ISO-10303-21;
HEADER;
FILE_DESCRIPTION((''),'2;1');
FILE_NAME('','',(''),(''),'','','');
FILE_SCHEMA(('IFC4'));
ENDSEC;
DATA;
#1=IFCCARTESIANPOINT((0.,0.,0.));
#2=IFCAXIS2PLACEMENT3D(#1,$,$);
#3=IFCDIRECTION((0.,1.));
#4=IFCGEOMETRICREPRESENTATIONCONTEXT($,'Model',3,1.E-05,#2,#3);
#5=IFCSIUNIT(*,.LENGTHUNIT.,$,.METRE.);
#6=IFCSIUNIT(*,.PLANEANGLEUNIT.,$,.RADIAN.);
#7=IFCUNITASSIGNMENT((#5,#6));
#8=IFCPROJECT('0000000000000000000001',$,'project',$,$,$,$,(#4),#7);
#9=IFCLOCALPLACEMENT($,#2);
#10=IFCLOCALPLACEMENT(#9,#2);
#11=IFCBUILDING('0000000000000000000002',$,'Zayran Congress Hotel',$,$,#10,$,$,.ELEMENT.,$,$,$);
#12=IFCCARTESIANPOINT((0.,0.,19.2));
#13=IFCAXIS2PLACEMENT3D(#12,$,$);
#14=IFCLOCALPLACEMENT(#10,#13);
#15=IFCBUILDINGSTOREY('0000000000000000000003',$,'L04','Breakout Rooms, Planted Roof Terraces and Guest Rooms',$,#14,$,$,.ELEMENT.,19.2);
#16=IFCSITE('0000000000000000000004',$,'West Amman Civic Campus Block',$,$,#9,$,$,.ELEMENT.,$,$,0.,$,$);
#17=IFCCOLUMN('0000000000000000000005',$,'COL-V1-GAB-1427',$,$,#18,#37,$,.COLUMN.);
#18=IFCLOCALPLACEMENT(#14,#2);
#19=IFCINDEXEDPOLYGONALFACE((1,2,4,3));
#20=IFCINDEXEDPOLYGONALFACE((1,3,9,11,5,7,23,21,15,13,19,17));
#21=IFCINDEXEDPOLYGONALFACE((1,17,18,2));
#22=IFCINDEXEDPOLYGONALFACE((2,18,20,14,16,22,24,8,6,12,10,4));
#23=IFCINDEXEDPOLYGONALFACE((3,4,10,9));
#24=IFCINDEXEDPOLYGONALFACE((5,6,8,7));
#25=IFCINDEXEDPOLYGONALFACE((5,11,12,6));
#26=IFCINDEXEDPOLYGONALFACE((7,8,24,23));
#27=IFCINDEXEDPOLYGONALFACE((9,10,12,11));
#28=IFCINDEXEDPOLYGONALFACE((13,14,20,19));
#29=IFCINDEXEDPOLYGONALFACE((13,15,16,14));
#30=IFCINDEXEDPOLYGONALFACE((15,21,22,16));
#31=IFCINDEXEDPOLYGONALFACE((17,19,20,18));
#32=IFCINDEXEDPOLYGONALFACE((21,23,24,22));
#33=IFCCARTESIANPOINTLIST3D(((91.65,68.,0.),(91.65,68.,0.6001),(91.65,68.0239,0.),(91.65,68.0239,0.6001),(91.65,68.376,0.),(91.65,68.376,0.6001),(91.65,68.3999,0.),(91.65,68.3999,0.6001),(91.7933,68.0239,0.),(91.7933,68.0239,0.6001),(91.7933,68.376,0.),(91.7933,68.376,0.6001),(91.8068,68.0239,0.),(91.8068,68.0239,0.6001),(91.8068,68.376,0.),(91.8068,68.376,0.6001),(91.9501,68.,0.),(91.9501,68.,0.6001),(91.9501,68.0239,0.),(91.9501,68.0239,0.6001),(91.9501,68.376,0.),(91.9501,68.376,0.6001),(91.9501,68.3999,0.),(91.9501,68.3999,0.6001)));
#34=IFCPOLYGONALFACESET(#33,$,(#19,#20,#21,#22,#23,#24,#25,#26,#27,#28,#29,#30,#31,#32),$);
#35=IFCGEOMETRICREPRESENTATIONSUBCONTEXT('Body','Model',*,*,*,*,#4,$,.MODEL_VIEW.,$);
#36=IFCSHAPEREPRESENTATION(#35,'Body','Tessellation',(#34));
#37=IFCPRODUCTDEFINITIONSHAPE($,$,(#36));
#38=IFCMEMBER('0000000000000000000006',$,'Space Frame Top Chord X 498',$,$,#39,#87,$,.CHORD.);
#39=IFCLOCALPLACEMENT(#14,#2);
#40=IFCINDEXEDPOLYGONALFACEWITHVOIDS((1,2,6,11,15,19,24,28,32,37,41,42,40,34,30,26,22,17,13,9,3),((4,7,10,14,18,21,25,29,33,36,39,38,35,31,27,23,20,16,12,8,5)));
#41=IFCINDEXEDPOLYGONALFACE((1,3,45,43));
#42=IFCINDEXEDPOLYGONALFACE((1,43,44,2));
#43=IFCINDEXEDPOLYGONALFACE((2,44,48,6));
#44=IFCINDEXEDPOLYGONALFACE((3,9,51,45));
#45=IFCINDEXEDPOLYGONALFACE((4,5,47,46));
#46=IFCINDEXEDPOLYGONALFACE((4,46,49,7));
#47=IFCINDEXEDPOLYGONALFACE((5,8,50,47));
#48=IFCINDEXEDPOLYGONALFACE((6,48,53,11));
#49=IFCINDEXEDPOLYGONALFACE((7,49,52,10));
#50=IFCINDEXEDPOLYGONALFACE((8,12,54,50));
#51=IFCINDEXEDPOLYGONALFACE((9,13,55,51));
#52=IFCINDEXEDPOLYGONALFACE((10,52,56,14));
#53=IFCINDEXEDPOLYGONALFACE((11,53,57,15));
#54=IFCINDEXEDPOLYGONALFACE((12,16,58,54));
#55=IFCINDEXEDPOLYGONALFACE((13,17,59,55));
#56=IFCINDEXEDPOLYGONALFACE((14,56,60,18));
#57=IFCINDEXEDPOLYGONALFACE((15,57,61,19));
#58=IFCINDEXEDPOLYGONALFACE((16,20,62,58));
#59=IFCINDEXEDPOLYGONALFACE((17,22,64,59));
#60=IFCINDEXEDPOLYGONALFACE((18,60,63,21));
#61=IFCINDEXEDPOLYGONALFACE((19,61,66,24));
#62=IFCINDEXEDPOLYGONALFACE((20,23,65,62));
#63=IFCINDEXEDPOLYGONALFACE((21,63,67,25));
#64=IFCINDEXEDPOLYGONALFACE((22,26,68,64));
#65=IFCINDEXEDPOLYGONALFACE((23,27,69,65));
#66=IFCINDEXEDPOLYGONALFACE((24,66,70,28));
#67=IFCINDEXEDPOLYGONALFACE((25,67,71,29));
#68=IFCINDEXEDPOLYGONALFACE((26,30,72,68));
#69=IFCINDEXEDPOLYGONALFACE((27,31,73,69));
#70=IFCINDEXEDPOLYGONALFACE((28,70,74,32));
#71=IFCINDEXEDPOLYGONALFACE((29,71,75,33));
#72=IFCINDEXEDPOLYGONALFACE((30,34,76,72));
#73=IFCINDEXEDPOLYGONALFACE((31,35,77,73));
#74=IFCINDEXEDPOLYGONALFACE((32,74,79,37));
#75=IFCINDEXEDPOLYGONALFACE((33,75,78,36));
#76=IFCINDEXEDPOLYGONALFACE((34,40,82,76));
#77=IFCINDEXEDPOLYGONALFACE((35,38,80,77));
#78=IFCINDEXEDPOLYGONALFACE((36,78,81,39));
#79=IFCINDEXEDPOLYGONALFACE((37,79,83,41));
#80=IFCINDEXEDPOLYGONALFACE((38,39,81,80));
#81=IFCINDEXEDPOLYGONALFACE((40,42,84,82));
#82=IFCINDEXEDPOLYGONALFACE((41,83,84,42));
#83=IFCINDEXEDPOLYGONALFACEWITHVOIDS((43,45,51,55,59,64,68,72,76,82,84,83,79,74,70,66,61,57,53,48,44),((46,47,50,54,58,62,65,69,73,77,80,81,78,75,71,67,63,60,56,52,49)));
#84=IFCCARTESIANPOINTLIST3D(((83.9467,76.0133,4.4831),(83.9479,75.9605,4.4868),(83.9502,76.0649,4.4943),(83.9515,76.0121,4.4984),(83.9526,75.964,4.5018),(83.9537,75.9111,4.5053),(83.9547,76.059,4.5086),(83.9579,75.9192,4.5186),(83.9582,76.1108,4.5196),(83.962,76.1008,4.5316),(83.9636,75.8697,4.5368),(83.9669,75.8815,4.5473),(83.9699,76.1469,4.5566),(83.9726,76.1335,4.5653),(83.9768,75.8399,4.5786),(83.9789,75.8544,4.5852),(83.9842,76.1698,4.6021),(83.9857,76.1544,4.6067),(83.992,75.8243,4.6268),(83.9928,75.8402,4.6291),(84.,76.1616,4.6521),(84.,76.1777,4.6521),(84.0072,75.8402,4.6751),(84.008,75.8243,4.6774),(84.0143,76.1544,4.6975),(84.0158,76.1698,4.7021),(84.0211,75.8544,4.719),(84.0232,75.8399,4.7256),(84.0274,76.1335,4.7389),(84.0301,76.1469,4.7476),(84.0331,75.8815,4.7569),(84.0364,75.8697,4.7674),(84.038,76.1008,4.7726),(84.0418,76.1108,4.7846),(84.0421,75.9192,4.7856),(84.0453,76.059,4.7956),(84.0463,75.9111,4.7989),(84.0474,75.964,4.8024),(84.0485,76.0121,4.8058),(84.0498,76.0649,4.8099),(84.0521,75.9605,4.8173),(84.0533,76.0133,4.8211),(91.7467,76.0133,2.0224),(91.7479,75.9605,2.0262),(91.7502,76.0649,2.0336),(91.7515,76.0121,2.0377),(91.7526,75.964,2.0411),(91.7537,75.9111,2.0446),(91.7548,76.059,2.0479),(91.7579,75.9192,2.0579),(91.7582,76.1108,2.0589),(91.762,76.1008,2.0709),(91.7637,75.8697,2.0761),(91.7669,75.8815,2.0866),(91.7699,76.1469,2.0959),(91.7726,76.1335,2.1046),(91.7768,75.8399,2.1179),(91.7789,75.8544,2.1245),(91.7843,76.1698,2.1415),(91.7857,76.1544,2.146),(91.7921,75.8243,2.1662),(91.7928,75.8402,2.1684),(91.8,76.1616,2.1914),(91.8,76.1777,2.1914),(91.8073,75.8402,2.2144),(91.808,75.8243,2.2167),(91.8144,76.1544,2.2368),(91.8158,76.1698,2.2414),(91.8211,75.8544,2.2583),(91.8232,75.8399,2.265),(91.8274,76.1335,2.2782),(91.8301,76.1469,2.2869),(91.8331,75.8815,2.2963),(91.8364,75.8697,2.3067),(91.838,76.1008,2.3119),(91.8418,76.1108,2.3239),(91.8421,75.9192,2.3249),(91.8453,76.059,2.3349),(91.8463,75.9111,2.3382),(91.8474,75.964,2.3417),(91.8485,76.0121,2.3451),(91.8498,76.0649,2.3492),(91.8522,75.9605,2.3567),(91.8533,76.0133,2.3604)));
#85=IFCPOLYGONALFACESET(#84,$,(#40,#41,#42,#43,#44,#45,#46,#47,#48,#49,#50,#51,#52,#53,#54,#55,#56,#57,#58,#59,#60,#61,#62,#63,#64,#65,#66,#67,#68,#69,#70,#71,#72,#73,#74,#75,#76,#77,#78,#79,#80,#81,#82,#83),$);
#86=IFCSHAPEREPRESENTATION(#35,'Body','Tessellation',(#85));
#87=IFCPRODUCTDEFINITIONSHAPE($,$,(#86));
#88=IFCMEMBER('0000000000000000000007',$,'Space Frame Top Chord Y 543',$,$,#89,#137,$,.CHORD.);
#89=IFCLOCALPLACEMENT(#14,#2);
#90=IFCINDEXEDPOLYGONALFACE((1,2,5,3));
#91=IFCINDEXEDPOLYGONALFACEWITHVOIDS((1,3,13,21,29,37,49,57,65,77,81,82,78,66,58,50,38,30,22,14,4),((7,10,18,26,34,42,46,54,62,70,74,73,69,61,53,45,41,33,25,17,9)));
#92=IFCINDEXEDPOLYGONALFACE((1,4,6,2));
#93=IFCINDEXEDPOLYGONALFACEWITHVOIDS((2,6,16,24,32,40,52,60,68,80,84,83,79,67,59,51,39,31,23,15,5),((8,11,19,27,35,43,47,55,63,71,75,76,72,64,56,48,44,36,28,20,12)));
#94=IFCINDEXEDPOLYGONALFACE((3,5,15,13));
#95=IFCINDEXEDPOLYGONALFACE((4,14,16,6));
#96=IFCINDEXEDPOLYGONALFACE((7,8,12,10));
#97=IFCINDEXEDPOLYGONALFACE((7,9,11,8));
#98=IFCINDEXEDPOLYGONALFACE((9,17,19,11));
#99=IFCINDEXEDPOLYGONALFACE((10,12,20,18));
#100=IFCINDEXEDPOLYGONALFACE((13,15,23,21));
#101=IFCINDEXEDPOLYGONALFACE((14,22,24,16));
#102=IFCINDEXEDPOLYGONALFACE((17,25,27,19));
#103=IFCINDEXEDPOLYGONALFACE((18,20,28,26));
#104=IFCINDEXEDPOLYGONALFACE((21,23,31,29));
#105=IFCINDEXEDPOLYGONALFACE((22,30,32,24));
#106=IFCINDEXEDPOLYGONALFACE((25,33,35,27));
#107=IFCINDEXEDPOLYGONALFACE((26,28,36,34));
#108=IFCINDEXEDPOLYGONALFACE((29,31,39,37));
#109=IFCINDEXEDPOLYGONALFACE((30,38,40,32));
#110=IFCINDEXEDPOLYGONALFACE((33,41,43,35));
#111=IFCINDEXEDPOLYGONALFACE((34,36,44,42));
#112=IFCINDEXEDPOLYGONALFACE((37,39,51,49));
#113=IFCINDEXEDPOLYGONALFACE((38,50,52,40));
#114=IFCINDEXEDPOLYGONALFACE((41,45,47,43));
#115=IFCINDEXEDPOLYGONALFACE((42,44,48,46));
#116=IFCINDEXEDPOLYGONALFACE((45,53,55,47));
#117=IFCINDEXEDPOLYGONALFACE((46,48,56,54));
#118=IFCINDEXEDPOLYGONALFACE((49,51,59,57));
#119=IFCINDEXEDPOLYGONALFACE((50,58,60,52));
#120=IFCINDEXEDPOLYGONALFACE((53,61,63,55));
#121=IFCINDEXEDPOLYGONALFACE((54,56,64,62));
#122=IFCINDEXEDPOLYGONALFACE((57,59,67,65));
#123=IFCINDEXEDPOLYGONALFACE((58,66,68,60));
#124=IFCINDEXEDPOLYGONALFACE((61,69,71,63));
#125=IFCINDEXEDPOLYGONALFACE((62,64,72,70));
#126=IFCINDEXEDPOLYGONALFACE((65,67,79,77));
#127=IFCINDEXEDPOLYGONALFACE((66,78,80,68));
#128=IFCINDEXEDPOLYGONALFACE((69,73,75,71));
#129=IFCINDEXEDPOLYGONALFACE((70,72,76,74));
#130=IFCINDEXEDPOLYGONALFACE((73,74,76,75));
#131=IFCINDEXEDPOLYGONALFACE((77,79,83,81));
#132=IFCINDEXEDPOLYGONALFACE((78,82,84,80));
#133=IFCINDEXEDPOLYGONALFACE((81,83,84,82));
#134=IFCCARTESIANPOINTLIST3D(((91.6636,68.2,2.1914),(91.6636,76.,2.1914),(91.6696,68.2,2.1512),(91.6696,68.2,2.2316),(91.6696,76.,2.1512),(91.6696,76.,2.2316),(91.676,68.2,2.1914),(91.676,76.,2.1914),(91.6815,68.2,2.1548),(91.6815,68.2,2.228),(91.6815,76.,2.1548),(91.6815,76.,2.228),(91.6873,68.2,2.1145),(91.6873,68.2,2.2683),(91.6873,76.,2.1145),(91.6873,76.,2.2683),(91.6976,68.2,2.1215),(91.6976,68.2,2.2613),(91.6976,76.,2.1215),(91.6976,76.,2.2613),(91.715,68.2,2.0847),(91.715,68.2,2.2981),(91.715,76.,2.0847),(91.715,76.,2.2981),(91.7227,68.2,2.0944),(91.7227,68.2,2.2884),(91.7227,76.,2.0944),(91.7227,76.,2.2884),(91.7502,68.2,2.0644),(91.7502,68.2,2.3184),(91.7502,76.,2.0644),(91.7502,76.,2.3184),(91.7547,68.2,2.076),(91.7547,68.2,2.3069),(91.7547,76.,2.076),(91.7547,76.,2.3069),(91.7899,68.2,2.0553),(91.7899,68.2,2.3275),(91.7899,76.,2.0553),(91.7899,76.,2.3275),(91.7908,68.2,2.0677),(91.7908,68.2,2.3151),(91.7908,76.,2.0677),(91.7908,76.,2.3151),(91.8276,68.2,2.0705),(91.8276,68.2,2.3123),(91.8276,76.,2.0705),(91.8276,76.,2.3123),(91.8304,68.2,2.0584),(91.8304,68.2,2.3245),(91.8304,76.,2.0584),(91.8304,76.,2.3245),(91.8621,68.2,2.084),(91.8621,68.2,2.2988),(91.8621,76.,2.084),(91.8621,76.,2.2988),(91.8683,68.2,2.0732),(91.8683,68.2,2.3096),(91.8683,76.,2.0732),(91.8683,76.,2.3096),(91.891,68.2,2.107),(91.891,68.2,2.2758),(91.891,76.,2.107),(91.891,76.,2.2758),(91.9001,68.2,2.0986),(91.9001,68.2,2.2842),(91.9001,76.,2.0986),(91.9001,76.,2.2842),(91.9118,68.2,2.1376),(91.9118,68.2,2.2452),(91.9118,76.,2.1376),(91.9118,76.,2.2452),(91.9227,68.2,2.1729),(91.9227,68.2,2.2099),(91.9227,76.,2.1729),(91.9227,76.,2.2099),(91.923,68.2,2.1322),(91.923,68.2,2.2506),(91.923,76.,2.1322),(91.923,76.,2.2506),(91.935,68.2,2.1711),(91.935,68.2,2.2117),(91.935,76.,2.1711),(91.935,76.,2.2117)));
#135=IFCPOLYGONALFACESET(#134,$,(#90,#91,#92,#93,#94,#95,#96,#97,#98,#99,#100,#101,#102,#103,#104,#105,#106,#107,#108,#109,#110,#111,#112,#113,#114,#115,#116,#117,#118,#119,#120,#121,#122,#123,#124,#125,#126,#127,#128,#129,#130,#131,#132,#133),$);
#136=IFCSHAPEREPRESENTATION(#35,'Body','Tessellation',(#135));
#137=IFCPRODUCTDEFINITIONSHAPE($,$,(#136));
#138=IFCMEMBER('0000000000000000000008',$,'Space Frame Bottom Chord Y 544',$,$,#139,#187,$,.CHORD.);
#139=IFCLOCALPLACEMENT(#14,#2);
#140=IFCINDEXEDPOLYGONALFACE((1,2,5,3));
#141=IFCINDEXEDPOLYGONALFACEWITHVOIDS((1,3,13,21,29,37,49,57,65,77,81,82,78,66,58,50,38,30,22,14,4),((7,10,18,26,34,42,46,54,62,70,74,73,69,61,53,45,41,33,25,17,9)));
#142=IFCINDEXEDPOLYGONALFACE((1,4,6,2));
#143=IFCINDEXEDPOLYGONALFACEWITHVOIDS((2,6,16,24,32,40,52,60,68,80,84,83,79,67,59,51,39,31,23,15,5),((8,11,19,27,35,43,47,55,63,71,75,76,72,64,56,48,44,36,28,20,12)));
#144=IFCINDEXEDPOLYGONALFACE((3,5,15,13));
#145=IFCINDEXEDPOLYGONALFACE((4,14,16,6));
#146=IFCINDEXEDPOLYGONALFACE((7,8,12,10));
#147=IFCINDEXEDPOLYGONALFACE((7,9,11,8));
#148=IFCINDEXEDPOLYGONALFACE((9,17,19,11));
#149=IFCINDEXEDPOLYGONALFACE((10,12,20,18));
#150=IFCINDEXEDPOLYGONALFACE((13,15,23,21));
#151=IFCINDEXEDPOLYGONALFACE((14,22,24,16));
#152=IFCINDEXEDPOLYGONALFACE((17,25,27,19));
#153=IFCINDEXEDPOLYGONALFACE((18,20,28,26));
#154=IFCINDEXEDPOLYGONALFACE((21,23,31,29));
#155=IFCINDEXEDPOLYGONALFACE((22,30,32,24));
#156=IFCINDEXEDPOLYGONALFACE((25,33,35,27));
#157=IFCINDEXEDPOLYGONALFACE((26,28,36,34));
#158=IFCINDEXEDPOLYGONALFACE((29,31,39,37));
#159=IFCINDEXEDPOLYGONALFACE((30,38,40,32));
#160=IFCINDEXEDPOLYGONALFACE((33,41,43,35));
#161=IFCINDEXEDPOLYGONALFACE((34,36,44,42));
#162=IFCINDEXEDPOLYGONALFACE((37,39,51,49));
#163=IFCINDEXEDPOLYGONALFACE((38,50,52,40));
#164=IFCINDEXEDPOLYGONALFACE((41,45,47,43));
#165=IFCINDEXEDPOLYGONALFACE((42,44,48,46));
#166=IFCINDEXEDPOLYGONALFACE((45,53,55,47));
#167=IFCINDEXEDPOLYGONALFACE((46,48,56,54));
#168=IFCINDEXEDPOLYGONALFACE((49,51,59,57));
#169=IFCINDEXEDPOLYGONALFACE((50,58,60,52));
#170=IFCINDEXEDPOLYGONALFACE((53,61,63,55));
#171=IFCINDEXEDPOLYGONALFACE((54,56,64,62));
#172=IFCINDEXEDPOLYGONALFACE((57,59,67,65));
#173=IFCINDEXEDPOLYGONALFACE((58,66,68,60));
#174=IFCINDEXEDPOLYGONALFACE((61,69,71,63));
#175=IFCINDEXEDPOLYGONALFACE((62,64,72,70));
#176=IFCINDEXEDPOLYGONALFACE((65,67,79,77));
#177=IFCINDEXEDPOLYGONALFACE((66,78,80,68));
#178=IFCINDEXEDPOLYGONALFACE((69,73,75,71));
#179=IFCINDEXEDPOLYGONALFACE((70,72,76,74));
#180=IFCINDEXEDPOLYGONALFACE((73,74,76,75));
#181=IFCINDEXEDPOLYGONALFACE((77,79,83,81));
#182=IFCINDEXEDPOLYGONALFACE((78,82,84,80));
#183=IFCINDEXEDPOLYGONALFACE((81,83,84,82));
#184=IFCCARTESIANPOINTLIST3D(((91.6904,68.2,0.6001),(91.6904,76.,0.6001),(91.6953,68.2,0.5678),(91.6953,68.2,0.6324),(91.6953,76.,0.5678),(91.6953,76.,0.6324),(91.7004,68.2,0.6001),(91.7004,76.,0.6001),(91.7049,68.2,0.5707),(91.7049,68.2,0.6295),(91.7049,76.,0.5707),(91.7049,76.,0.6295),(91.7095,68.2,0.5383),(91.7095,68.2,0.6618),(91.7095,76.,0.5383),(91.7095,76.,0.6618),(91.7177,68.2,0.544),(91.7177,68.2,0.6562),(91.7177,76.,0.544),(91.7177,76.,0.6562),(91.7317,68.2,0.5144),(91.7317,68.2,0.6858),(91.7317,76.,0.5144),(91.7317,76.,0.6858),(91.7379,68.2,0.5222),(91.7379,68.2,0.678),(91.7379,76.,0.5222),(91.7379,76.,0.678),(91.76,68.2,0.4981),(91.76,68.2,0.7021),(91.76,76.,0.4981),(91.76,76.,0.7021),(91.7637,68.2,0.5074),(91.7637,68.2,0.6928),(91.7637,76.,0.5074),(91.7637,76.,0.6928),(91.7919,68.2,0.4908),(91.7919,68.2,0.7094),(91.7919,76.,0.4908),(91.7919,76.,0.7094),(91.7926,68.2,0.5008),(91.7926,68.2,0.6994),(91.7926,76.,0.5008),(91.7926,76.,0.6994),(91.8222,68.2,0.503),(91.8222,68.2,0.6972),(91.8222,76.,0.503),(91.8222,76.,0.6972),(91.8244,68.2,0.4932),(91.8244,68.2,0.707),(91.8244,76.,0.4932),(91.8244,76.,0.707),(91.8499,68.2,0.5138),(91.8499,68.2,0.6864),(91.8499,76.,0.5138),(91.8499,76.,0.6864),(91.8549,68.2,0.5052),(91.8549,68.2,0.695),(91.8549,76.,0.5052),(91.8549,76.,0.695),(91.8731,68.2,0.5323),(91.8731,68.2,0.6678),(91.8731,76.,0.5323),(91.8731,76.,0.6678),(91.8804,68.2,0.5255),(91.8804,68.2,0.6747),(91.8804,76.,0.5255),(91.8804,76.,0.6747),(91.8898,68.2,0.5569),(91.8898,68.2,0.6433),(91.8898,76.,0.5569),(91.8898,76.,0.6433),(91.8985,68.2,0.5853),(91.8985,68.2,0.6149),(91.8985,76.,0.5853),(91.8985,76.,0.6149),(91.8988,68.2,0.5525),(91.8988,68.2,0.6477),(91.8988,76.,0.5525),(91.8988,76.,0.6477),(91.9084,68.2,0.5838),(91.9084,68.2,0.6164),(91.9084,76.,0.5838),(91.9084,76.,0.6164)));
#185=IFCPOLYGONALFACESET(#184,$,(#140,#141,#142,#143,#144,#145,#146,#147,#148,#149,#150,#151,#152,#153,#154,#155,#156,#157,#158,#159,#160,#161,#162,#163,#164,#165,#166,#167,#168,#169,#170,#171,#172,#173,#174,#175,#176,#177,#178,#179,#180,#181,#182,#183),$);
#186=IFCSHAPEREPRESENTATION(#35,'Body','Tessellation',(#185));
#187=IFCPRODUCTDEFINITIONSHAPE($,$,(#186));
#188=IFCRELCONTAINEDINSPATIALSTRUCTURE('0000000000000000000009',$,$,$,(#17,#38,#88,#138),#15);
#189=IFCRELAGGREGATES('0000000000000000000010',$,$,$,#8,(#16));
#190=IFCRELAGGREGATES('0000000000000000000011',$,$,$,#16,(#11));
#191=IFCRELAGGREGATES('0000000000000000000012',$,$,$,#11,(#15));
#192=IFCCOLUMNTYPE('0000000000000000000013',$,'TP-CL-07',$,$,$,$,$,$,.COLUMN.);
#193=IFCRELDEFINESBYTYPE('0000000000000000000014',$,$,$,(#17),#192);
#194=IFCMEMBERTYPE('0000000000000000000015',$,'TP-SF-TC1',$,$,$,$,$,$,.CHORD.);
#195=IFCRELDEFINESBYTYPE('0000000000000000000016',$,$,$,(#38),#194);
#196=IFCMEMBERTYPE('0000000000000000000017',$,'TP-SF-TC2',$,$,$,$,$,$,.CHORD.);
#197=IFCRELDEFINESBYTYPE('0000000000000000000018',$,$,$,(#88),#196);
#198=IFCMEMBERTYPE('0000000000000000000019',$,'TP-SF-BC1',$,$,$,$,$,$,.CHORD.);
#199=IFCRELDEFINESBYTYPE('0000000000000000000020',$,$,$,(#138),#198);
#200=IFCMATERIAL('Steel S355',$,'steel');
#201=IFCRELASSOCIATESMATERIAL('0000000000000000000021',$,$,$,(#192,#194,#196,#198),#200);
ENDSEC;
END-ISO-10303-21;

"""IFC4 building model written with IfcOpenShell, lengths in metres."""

from ifc_helpers import new_model, si_unit, direction, frame, origin, origin_2d, place, context, subcontext, project, spatial, hollow_circle, i_section, extrude, material, material_profile, profile_set, type_object, element, save


model = new_model("IFC4")

# Units and contexts
model_context = context("Model", 3, precision=1e-05, world=origin(), true_north=direction((0.0, 1.0)))
body_context = subcontext(model_context, "Body", "Model", "MODEL_VIEW")
ifc_project = project(units=[si_unit("LENGTHUNIT", "METRE"), si_unit("PLANEANGLEUNIT", "RADIAN")], contexts=[model_context])

# Site, building, storey
site_placement = place(None, origin())
site = spatial("IfcSite", under=ifc_project, at=site_placement, Name="West Amman Civic Campus Block", CompositionType="ELEMENT", RefElevation=0.0)
building_placement = place(site_placement, origin())
building = spatial("IfcBuilding", under=site, at=building_placement, Name="Zayran Congress Hotel", CompositionType="ELEMENT")
storey_placement = place(building_placement, frame((0.0, 0.0, 19.2)))
storey = spatial("IfcBuildingStorey", under=building, at=storey_placement, Name="L04", Description="Breakout Rooms, Planted Roof Terraces and Guest Rooms", CompositionType="ELEMENT", Elevation=19.2)

# Column
ifc_material_1 = material(Name="Steel S355", Category="steel")
ifc_material_profile_1 = material_profile(ifc_material_1, i_section(OverallWidth=0.3, OverallDepth=0.3999, WebThickness=0.0134, FlangeThickness=0.0239, at=origin_2d()), Name="HEB 400")
ifc_profile_set_1 = profile_set([ifc_material_profile_1], Name="Steel S355")
column_type = type_object("IfcColumnType", Name="TP-CL-07", PredefinedType="COLUMN", material=ifc_profile_set_1)
column_placement = place(storey_placement, frame((91.8, 68.2, 0.0), z_axis=(0.0, 0.0, 1.0), x_axis=(1.0, 0.0, 0.0)))
element("IfcColumn", 1, at=column_placement, inside=storey, type_object=column_type, Name="COL-V1-GAB-1427", PredefinedType="COLUMN", context=body_context, shape_type="SweptSolid", body=[
    extrude(i_section(OverallWidth=0.3, OverallDepth=0.3999, WebThickness=0.0134, FlangeThickness=0.0239, at=origin_2d()), origin(), (0.0, 0.0, 1.0), 0.6001),
])

# Members
ifc_material_profile_2 = material_profile(ifc_material_1, hollow_circle(Radius=0.1777, WallThickness=0.0161, at=origin_2d()), Name="CHS 355.6x16")
ifc_profile_set_2 = profile_set([ifc_material_profile_2], Name="Steel S355")
member_type_1 = type_object("IfcMemberType", Name="TP-SF-TC1", PredefinedType="CHORD", material=ifc_profile_set_2)
member_1_placement = place(storey_placement, frame((84.0, 76.0, 4.6521), z_axis=(0.95367, 0.0, -0.300856), x_axis=(0.0, 1.0, 0.0)))
element("IfcMember", 2, at=member_1_placement, inside=storey, type_object=member_type_1, Name="Space Frame Top Chord X 498", PredefinedType="CHORD", context=body_context, shape_type="SweptSolid", body=[
    extrude(hollow_circle(Radius=0.1777, WallThickness=0.0161, at=origin_2d()), origin(), (0.0, 0.0, 1.0), 8.179),
])
ifc_material_profile_3 = material_profile(ifc_material_1, hollow_circle(Radius=0.1365, WallThickness=0.0125, at=origin_2d()), Name="CHS 273x12.5")
ifc_profile_set_3 = profile_set([ifc_material_profile_3], Name="Steel S355")
member_type_2 = type_object("IfcMemberType", Name="TP-SF-TC2", PredefinedType="CHORD", material=ifc_profile_set_3)
member_2_placement = place(storey_placement, frame((91.8, 68.2, 2.1914), z_axis=(0.0, 1.0, 0.0), x_axis=(-1.0, 0.0, 0.0)))
element("IfcMember", 3, at=member_2_placement, inside=storey, type_object=member_type_2, Name="Space Frame Top Chord Y 543", PredefinedType="CHORD", context=body_context, shape_type="SweptSolid", body=[
    extrude(hollow_circle(Radius=0.1365, WallThickness=0.0125, at=origin_2d()), origin(), (0.0, 0.0, 1.0), 7.8),
])
ifc_material_profile_4 = material_profile(ifc_material_1, hollow_circle(Radius=0.1096, WallThickness=0.01, at=origin_2d()), Name="CHS 219.1x10")
ifc_profile_set_4 = profile_set([ifc_material_profile_4], Name="Steel S355")
member_type_3 = type_object("IfcMemberType", Name="TP-SF-BC1", PredefinedType="CHORD", material=ifc_profile_set_4)
member_3_placement = place(storey_placement, frame((91.8, 68.2, 0.6001), z_axis=(0.0, 1.0, 0.0), x_axis=(-1.0, 0.0, 0.0)))
element("IfcMember", 4, at=member_3_placement, inside=storey, type_object=member_type_3, Name="Space Frame Bottom Chord Y 544", PredefinedType="CHORD", context=body_context, shape_type="SweptSolid", body=[
    extrude(hollow_circle(Radius=0.1096, WallThickness=0.01, at=origin_2d()), origin(), (0.0, 0.0, 1.0), 7.8),
])

save(model, "model.ifc")
